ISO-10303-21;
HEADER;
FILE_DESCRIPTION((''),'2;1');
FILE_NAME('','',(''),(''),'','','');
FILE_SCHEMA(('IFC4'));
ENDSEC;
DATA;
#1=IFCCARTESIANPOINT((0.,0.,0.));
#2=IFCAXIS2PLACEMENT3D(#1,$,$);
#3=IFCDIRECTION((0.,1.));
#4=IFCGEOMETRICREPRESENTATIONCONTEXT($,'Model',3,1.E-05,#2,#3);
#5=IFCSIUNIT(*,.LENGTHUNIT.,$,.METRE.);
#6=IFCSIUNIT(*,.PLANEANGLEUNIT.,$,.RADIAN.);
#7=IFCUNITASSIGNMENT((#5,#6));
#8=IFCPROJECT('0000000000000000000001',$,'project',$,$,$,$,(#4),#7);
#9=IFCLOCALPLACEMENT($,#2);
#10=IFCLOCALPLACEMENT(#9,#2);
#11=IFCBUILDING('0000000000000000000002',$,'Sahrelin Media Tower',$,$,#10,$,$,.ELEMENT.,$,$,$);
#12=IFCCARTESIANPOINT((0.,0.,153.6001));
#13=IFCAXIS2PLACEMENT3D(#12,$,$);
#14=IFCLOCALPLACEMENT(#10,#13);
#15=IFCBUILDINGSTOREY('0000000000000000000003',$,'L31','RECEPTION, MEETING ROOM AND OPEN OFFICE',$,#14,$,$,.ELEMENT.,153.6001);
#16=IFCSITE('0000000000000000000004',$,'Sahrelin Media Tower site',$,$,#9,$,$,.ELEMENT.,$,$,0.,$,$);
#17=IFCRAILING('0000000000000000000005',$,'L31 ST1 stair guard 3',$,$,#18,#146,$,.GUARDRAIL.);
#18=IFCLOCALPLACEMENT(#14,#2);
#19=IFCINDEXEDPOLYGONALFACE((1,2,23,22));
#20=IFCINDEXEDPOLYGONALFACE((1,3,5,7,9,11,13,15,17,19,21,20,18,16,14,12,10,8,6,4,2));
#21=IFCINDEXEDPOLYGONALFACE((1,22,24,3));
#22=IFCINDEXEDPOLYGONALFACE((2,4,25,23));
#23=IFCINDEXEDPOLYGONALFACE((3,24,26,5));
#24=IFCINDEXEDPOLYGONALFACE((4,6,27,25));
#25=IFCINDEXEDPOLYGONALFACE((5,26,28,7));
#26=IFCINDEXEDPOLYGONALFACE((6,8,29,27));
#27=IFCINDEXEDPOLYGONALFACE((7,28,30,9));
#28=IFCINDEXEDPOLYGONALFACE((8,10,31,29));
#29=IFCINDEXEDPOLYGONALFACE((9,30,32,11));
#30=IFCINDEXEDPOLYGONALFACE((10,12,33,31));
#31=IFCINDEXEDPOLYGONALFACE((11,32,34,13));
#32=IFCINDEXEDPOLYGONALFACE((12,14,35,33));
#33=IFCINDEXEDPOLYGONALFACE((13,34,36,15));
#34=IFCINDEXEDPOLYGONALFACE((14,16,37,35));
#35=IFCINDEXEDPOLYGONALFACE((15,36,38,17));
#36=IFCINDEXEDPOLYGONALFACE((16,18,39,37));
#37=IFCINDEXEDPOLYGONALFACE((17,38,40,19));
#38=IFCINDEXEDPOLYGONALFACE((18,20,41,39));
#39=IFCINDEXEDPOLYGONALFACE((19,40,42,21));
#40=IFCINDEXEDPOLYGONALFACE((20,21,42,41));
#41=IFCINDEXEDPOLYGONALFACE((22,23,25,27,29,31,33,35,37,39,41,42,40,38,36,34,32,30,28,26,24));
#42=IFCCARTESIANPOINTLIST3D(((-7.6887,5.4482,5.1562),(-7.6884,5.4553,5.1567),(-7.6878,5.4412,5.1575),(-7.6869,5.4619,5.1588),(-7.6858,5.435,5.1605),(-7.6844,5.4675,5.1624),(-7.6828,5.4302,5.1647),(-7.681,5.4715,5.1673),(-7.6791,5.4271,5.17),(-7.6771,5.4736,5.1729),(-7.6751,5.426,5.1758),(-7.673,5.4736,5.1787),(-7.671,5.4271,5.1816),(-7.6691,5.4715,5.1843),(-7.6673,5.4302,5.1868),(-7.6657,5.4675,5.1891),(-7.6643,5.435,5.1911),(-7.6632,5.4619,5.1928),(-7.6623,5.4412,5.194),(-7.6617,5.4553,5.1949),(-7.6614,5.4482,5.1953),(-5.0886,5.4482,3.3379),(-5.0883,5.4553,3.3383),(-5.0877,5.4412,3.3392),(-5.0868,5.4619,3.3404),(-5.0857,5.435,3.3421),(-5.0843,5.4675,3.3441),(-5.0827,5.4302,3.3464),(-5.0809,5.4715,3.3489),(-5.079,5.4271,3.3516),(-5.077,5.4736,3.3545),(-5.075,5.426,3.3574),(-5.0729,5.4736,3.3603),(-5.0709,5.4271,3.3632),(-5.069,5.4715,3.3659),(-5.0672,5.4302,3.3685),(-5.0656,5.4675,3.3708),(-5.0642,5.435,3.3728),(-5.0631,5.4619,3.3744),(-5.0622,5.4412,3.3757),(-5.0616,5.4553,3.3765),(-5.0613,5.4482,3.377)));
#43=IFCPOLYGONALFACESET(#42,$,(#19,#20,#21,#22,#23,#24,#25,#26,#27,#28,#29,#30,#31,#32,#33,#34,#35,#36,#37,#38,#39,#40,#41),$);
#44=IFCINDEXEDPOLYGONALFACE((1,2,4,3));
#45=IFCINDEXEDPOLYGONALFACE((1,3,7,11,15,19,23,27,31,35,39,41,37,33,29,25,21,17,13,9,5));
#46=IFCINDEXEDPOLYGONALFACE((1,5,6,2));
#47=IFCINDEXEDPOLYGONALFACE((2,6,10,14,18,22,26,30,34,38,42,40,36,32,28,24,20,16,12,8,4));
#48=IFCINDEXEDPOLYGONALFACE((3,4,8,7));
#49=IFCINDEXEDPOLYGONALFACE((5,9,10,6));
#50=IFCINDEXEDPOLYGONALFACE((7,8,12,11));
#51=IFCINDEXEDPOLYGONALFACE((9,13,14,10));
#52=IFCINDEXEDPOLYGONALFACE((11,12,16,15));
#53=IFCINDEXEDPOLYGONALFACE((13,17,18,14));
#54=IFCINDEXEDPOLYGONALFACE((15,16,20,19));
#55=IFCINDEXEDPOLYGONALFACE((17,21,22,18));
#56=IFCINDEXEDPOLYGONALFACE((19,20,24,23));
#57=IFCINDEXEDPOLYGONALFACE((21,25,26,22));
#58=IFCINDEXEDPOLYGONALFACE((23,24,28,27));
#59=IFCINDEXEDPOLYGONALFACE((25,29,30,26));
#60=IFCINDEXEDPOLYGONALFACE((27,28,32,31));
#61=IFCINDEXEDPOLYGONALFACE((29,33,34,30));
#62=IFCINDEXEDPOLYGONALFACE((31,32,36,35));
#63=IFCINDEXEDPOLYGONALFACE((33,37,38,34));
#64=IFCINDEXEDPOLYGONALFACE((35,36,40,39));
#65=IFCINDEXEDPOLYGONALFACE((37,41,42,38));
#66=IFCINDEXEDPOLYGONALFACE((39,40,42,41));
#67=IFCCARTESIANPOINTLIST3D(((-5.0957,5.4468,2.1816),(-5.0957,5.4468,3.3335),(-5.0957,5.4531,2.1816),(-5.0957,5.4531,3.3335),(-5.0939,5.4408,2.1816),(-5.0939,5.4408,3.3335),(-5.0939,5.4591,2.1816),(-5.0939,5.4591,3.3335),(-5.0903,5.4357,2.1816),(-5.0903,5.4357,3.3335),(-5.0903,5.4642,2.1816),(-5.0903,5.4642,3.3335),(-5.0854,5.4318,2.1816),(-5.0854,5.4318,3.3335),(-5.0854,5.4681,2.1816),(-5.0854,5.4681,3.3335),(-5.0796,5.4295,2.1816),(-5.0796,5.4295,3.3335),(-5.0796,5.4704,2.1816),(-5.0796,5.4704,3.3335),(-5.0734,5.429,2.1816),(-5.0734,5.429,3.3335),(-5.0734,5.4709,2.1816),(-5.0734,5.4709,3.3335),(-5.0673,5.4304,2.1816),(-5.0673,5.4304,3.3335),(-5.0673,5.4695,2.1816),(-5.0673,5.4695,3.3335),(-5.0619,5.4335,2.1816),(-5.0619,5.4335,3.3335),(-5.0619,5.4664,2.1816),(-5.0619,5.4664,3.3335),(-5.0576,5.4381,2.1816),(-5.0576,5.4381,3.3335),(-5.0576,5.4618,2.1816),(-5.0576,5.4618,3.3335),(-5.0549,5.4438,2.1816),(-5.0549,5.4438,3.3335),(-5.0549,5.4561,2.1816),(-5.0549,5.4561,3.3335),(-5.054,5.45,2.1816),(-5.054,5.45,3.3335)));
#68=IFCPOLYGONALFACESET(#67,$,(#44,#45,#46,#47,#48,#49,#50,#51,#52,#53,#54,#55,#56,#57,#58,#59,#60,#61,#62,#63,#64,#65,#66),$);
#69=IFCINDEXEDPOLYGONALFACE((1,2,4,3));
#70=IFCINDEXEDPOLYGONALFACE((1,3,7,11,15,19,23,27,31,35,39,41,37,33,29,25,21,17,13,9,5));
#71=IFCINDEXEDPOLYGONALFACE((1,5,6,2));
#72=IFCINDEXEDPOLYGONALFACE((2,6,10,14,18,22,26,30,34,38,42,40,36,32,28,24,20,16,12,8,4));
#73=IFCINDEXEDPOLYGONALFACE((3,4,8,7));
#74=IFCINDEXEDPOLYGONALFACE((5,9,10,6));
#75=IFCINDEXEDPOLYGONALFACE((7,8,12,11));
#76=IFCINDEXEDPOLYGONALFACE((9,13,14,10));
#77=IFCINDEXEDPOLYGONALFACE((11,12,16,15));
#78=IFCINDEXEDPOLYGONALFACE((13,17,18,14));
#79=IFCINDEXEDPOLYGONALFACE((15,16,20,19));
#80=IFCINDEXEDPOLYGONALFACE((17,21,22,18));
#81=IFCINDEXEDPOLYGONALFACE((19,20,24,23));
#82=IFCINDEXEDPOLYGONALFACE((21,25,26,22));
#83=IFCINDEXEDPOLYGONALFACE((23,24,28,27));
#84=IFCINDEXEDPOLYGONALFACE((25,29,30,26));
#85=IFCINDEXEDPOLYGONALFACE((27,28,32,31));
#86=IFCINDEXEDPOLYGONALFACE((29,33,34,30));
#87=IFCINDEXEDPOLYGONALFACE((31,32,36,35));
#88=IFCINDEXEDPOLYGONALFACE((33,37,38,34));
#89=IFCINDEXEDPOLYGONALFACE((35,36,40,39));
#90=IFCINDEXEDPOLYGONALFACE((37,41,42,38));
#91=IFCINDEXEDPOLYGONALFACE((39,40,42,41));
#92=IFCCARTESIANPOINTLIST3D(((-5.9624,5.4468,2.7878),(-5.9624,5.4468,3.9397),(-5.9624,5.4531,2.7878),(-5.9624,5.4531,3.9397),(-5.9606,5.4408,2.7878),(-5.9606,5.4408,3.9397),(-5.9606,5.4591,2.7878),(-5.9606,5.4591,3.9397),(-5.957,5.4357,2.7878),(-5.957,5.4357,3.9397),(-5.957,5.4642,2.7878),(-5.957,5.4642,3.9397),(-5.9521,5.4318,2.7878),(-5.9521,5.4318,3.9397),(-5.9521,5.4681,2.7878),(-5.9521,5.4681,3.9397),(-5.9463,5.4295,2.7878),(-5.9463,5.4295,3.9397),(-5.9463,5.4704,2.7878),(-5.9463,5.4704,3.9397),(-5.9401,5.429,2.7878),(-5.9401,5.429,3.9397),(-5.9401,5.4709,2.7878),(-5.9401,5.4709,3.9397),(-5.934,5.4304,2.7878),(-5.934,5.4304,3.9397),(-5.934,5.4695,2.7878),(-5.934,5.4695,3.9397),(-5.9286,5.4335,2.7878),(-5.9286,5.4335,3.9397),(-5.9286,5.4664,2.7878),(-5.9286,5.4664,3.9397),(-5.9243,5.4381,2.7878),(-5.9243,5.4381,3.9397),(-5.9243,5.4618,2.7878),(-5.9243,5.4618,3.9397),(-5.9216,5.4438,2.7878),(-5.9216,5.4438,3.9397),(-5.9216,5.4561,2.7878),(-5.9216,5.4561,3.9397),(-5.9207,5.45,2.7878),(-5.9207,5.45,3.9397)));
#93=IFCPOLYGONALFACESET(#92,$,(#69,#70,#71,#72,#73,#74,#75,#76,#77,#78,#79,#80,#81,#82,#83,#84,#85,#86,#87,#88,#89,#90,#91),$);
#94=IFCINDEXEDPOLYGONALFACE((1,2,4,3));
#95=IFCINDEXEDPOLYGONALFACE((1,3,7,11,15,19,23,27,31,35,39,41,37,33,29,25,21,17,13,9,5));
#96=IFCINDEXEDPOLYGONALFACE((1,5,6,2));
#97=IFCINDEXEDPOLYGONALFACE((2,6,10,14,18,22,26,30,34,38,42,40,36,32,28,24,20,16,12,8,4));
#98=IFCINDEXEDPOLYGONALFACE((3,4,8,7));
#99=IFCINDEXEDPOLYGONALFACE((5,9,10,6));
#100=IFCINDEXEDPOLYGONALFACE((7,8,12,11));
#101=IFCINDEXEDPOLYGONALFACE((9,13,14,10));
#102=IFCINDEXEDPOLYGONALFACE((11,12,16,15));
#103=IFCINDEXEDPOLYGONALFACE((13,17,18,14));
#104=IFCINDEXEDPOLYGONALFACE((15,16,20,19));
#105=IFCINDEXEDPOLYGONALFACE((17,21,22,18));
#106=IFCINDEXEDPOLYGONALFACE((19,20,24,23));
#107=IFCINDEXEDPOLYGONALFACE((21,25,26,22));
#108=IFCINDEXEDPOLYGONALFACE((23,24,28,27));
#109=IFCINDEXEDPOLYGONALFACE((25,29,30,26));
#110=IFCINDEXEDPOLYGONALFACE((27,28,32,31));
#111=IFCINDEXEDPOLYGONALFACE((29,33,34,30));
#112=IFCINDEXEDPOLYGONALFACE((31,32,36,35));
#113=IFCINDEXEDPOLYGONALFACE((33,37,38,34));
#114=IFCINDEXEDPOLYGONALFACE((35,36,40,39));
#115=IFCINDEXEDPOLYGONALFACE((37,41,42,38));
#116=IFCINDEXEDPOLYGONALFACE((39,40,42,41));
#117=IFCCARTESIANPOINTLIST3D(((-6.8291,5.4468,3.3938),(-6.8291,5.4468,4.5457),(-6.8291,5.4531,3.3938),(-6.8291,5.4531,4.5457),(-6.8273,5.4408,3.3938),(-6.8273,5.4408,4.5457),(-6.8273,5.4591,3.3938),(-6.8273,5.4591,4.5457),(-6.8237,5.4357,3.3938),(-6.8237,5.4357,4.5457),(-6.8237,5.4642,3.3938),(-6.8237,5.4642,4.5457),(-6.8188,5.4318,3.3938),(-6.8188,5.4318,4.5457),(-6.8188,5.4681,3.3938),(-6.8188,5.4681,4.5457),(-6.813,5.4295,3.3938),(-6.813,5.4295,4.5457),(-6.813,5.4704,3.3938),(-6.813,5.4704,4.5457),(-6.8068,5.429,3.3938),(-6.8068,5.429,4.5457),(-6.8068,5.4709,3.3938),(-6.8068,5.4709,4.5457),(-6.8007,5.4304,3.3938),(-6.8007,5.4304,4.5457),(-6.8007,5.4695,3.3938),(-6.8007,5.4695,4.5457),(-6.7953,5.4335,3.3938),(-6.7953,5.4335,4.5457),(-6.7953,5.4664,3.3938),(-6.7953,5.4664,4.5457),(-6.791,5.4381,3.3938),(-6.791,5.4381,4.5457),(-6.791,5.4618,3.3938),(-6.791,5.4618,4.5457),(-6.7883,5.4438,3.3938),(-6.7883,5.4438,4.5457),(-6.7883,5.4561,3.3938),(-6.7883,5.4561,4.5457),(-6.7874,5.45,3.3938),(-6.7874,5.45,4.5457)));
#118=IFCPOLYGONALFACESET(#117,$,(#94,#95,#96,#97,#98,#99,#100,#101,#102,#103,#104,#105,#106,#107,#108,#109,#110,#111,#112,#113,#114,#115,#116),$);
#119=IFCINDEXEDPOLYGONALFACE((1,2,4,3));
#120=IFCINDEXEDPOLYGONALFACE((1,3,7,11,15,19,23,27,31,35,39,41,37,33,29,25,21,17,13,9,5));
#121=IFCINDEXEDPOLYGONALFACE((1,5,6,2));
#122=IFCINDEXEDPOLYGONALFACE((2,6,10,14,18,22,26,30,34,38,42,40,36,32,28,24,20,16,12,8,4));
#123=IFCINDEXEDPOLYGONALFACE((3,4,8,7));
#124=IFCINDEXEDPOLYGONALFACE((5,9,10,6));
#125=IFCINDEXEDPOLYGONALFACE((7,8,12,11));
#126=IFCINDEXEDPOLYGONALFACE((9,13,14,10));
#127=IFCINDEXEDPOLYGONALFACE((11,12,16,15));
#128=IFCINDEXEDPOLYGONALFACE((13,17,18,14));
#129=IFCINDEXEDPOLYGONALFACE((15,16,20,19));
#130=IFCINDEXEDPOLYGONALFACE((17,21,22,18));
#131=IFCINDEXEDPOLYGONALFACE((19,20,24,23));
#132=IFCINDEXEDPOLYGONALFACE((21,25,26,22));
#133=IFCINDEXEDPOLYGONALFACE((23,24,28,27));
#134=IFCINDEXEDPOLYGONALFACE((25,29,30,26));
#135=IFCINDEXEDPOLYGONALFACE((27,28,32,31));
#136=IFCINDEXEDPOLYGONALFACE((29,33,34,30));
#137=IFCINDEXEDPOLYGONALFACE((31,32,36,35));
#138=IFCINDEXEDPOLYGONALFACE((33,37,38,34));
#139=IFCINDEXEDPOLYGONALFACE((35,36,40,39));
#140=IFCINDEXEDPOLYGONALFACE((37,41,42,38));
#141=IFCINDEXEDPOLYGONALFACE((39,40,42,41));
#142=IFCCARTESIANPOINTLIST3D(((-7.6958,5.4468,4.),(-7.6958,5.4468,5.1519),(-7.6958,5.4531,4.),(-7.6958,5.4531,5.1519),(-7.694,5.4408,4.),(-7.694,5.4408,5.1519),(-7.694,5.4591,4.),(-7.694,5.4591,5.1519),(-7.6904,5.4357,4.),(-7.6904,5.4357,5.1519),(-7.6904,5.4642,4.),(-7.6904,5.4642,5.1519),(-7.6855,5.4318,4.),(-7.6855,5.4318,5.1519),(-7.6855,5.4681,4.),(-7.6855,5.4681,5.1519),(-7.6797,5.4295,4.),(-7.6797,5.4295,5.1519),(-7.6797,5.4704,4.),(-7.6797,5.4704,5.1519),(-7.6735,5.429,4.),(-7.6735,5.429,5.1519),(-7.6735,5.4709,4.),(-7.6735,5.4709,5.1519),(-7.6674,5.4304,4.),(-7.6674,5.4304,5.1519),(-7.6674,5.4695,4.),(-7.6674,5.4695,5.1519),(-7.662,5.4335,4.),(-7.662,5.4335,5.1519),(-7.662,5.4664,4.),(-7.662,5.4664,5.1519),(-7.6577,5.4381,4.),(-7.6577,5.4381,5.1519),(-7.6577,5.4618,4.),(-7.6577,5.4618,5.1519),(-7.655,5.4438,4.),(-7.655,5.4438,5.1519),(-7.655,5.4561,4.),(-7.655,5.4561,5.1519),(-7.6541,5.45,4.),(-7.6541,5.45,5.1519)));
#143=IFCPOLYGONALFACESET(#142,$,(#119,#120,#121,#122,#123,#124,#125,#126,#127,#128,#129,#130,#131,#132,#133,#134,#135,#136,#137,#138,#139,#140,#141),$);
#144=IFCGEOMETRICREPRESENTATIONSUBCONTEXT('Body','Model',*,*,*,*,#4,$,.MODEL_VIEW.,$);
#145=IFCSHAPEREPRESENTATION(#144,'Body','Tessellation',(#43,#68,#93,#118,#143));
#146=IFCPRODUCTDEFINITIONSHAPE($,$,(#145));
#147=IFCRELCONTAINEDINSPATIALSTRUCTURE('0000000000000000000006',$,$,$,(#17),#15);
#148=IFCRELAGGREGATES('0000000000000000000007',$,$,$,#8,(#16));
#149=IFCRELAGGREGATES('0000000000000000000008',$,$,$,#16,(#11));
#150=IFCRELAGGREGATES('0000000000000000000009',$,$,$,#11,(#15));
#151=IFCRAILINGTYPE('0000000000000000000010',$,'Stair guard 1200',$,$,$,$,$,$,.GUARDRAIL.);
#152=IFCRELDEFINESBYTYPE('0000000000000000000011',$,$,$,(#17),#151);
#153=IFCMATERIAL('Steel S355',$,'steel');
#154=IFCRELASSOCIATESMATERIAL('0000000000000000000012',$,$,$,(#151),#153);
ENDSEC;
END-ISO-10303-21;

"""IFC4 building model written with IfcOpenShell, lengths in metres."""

from ifc_helpers import new_model, si_unit, direction, frame, origin, origin_2d, place, context, subcontext, project, spatial, circle, extrude, material, type_object, element, save


model = new_model("IFC4")

# Units and contexts
model_context = context("Model", 3, precision=1e-05, world=origin(), true_north=direction((0.0, 1.0)))
body_context = subcontext(model_context, "Body", "Model", "MODEL_VIEW")
ifc_project = project(units=[si_unit("LENGTHUNIT", "METRE"), si_unit("PLANEANGLEUNIT", "RADIAN")], contexts=[model_context])

# Site, building, storey
site_placement = place(None, origin())
site = spatial("IfcSite", under=ifc_project, at=site_placement, Name="Sahrelin Media Tower site", CompositionType="ELEMENT", RefElevation=0.0)
building_placement = place(site_placement, origin())
building = spatial("IfcBuilding", under=site, at=building_placement, Name="Sahrelin Media Tower", CompositionType="ELEMENT")
storey_placement = place(building_placement, frame((0.0, 0.0, 153.6001)))
storey = spatial("IfcBuildingStorey", under=building, at=storey_placement, Name="L31", Description="RECEPTION, MEETING ROOM AND OPEN OFFICE", CompositionType="ELEMENT", Elevation=153.6001)

# Shared definitions
ifc_material_1 = material(Name="Steel S355", Category="steel")

# Railing
railing_type_1 = type_object("IfcRailingType", Name="Stair guard 1200", PredefinedType="GUARDRAIL", material=ifc_material_1)
railing_1_placement = place(storey_placement, frame((-5.075, 5.45, 2.1816)))
element("IfcRailing", 1, at=railing_1_placement, inside=storey, type_object=railing_type_1, Name="L31 ST1 stair guard 3", PredefinedType="GUARDRAIL", context=body_context, shape_type="SweptSolid", body=[
    extrude(circle(Radius=0.0239, at=origin_2d()), frame((0.0, 0.0, 1.1758), z_axis=(-0.819485, 0.0, 0.573101), x_axis=(0.0, -1.0, 0.0)), (0.0, 0.0, 1.0), 3.1729),
    extrude(circle(Radius=0.021, at=origin_2d()), origin(), (0.0, 0.0, 1.0), 1.1519),
    extrude(circle(Radius=0.021, at=origin_2d()), frame((-0.8667, 0.0, 0.6062)), (0.0, 0.0, 1.0), 1.1519),
    extrude(circle(Radius=0.021, at=origin_2d()), frame((-1.7334, 0.0, 1.2122)), (0.0, 0.0, 1.0), 1.1519),
    extrude(circle(Radius=0.021, at=origin_2d()), frame((-2.6001, 0.0, 1.8184)), (0.0, 0.0, 1.0), 1.1519),
])

save(model, "model.ifc")
